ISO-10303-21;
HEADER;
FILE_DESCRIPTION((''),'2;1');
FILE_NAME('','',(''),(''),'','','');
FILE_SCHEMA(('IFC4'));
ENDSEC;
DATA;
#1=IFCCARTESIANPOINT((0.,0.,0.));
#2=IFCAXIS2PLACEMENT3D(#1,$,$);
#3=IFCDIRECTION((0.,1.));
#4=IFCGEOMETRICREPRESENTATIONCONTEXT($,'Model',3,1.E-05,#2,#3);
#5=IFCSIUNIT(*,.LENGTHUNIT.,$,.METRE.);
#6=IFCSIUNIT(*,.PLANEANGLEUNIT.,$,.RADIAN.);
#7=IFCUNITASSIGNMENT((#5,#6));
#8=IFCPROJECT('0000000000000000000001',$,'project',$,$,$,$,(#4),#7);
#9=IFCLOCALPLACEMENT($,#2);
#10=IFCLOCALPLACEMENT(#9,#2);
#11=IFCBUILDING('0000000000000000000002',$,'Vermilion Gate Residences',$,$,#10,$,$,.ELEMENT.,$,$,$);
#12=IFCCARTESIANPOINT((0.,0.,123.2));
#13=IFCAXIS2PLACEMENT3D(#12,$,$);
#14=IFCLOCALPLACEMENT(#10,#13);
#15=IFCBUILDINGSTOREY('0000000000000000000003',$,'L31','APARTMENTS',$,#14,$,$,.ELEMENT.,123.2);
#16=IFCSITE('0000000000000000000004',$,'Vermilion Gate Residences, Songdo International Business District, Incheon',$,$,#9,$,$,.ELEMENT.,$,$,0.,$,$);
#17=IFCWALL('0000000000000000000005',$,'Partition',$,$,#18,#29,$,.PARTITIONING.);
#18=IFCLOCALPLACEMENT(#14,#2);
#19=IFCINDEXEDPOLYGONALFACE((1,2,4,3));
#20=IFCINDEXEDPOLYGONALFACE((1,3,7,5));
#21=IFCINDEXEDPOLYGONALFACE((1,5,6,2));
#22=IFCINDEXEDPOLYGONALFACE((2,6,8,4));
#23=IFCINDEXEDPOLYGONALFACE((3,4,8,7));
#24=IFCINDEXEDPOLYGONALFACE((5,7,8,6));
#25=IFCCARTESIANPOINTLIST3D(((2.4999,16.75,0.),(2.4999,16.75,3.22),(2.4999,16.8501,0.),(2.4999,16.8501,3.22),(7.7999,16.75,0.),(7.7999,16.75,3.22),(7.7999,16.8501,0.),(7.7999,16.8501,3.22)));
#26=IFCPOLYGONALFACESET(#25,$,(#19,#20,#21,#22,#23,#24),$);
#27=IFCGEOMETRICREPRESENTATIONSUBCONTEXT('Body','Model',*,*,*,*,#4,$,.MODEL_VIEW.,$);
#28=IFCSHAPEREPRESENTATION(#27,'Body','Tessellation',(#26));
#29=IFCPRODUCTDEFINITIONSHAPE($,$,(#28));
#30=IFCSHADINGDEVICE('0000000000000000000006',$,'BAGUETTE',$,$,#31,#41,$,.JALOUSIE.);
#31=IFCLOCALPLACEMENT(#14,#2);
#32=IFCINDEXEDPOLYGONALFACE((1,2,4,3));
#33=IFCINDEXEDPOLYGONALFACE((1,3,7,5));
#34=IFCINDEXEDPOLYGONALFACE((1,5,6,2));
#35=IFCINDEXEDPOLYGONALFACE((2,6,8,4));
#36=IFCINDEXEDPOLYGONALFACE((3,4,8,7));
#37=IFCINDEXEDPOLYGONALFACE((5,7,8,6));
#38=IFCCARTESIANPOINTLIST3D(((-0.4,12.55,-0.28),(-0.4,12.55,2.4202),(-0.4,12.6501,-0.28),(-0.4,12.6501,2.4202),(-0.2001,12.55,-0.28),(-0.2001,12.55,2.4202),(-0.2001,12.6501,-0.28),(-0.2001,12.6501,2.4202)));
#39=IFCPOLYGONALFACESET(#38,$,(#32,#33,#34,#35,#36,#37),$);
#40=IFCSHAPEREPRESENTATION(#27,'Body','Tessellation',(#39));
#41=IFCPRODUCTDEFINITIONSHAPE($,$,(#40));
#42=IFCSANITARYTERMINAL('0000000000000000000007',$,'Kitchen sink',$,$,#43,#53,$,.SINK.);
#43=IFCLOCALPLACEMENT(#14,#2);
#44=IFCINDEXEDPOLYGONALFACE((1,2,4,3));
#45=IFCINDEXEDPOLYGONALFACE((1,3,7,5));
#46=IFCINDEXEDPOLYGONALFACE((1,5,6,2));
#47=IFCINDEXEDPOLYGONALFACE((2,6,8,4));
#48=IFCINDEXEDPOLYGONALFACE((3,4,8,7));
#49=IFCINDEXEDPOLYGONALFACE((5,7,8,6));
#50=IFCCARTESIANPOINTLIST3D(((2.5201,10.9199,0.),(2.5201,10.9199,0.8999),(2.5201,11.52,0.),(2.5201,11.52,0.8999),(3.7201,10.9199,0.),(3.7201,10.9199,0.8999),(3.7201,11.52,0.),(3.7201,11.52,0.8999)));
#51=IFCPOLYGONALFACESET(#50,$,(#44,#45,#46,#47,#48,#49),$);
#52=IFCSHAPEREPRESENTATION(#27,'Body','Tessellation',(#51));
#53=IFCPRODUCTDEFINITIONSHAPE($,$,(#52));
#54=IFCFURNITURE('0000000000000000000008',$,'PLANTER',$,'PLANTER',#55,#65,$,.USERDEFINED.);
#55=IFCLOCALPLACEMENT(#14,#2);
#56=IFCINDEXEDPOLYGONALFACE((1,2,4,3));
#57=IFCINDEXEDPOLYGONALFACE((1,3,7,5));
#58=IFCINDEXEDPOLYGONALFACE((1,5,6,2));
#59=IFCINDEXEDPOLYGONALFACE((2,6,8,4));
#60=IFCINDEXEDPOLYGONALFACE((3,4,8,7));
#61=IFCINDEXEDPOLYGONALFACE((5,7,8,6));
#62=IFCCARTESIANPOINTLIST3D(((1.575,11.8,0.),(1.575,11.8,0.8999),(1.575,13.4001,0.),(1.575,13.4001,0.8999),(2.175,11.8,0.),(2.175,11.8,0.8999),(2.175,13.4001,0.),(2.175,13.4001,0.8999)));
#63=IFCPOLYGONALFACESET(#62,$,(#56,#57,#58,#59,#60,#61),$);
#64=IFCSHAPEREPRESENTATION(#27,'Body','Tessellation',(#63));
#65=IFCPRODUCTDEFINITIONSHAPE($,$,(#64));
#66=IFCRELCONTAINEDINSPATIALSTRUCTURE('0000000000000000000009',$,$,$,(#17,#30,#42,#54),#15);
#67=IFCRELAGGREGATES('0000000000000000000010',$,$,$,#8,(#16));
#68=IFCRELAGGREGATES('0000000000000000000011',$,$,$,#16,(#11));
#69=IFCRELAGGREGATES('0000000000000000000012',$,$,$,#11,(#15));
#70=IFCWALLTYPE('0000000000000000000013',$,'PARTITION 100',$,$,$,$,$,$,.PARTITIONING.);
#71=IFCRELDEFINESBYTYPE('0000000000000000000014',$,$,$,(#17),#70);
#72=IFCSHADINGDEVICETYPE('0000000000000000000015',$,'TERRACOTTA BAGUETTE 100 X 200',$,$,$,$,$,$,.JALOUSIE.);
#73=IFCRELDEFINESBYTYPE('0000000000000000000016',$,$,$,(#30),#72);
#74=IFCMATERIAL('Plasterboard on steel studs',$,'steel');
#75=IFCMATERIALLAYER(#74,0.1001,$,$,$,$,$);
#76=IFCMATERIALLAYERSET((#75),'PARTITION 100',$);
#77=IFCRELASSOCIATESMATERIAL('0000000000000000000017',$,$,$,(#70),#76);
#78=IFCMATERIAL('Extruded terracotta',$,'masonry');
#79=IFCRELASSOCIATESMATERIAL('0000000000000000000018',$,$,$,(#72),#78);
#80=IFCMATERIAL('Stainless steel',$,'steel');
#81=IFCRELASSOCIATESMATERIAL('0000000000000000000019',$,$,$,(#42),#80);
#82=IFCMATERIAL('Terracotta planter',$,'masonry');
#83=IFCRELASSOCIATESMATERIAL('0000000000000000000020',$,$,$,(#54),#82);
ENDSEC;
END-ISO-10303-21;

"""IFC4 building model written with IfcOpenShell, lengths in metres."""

from ifc_helpers import new_model, si_unit, direction, frame, frame_2d, origin, origin_2d, place, context, subcontext, project, spatial, rectangle, extrude, material, layer, layer_set, material_profile, profile_set, type_object, element, save


model = new_model("IFC4")

# Units and contexts
model_context = context("Model", 3, precision=1e-05, world=origin(), true_north=direction((0.0, 1.0)))
body_context = subcontext(model_context, "Body", "Model", "MODEL_VIEW")
ifc_project = project(units=[si_unit("LENGTHUNIT", "METRE"), si_unit("PLANEANGLEUNIT", "RADIAN")], contexts=[model_context])

# Site, building, storey
site_placement = place(None, origin())
site = spatial("IfcSite", under=ifc_project, at=site_placement, Name="Vermilion Gate Residences, Songdo International Business District, Incheon", CompositionType="ELEMENT", RefElevation=0.0)
building_placement = place(site_placement, origin())
building = spatial("IfcBuilding", under=site, at=building_placement, Name="Vermilion Gate Residences", CompositionType="ELEMENT")
storey_placement = place(building_placement, frame((0.0, 0.0, 123.2)))
storey = spatial("IfcBuildingStorey", under=building, at=storey_placement, Name="L31", Description="APARTMENTS", CompositionType="ELEMENT", Elevation=123.2)

# Wall
ifc_material_1 = material(Name="Plasterboard on steel studs", Category="steel")
ifc_layer_1 = layer(ifc_material_1, 0.1001)
ifc_layer_set_1 = layer_set([ifc_layer_1], Name="PARTITION 100")
wall_type_1 = type_object("IfcWallType", Name="PARTITION 100", PredefinedType="PARTITIONING", material=ifc_layer_set_1)
wall_1_placement = place(storey_placement, frame((2.5, 16.8, 0.0), z_axis=(0.0, 0.0, 1.0), x_axis=(1.0, 0.0, 0.0)))
element("IfcWall", 1, at=wall_1_placement, inside=storey, type_object=wall_type_1, Name="Partition", PredefinedType="PARTITIONING", context=body_context, shape_type="SweptSolid", body=[
    extrude(rectangle(XDim=5.3, YDim=0.1001, at=frame_2d((2.6499, 0.0))), origin(), (0.0, 0.0, 1.0), 3.22),
])

# Shading device
ifc_material_2 = material(Name="Extruded terracotta", Category="masonry")
ifc_material_profile_1 = material_profile(ifc_material_2, rectangle(XDim=0.2, YDim=0.1001, at=origin_2d()), Name="BAGUETTE 100 X 200")
ifc_profile_set_1 = profile_set([ifc_material_profile_1], Name="Extruded terracotta")
shading_device_type = type_object("IfcShadingDeviceType", Name="TERRACOTTA BAGUETTE 100 X 200", PredefinedType="JALOUSIE", material=ifc_profile_set_1)
shading_device_placement = place(storey_placement, frame((-0.3, 12.6001, -0.28), z_axis=(0.0, 0.0, 1.0), x_axis=(1.0, 0.0, 0.0)))
element("IfcShadingDevice", 2, at=shading_device_placement, inside=storey, type_object=shading_device_type, Name="BAGUETTE", PredefinedType="JALOUSIE", context=body_context, shape_type="SweptSolid", body=[
    extrude(rectangle(XDim=0.2, YDim=0.1001, at=origin_2d()), origin(), (0.0, 0.0, 1.0), 2.7002),
])

# Sanitary terminal
ifc_material_3 = material(Name="Stainless steel", Category="steel")
sanitary_terminal_placement = place(storey_placement, frame((3.1201, 11.22, 0.0), z_axis=(0.0, 0.0, 1.0), x_axis=(1.0, 0.0, 0.0)))
element("IfcSanitaryTerminal", 3, at=sanitary_terminal_placement, inside=storey, material=ifc_material_3, Name="Kitchen sink", PredefinedType="SINK", context=body_context, shape_type="SweptSolid", body=[
    extrude(rectangle(XDim=1.2, YDim=0.6001, at=origin_2d()), origin(), (0.0, 0.0, 1.0), 0.8999),
])

# Furniture
ifc_material_4 = material(Name="Terracotta planter", Category="masonry")
furniture_placement = place(storey_placement, frame((1.875, 12.6001, 0.0), z_axis=(0.0, 0.0, 1.0), x_axis=(0.0, -1.0, 0.0)))
element("IfcFurniture", 4, at=furniture_placement, inside=storey, material=ifc_material_4, Name="PLANTER", ObjectType="PLANTER", PredefinedType="USERDEFINED", context=body_context, shape_type="SweptSolid", body=[
    extrude(rectangle(XDim=1.6001, YDim=0.6001, at=origin_2d()), origin(), (0.0, 0.0, 1.0), 0.8999),
])

save(model, "model.ifc")
